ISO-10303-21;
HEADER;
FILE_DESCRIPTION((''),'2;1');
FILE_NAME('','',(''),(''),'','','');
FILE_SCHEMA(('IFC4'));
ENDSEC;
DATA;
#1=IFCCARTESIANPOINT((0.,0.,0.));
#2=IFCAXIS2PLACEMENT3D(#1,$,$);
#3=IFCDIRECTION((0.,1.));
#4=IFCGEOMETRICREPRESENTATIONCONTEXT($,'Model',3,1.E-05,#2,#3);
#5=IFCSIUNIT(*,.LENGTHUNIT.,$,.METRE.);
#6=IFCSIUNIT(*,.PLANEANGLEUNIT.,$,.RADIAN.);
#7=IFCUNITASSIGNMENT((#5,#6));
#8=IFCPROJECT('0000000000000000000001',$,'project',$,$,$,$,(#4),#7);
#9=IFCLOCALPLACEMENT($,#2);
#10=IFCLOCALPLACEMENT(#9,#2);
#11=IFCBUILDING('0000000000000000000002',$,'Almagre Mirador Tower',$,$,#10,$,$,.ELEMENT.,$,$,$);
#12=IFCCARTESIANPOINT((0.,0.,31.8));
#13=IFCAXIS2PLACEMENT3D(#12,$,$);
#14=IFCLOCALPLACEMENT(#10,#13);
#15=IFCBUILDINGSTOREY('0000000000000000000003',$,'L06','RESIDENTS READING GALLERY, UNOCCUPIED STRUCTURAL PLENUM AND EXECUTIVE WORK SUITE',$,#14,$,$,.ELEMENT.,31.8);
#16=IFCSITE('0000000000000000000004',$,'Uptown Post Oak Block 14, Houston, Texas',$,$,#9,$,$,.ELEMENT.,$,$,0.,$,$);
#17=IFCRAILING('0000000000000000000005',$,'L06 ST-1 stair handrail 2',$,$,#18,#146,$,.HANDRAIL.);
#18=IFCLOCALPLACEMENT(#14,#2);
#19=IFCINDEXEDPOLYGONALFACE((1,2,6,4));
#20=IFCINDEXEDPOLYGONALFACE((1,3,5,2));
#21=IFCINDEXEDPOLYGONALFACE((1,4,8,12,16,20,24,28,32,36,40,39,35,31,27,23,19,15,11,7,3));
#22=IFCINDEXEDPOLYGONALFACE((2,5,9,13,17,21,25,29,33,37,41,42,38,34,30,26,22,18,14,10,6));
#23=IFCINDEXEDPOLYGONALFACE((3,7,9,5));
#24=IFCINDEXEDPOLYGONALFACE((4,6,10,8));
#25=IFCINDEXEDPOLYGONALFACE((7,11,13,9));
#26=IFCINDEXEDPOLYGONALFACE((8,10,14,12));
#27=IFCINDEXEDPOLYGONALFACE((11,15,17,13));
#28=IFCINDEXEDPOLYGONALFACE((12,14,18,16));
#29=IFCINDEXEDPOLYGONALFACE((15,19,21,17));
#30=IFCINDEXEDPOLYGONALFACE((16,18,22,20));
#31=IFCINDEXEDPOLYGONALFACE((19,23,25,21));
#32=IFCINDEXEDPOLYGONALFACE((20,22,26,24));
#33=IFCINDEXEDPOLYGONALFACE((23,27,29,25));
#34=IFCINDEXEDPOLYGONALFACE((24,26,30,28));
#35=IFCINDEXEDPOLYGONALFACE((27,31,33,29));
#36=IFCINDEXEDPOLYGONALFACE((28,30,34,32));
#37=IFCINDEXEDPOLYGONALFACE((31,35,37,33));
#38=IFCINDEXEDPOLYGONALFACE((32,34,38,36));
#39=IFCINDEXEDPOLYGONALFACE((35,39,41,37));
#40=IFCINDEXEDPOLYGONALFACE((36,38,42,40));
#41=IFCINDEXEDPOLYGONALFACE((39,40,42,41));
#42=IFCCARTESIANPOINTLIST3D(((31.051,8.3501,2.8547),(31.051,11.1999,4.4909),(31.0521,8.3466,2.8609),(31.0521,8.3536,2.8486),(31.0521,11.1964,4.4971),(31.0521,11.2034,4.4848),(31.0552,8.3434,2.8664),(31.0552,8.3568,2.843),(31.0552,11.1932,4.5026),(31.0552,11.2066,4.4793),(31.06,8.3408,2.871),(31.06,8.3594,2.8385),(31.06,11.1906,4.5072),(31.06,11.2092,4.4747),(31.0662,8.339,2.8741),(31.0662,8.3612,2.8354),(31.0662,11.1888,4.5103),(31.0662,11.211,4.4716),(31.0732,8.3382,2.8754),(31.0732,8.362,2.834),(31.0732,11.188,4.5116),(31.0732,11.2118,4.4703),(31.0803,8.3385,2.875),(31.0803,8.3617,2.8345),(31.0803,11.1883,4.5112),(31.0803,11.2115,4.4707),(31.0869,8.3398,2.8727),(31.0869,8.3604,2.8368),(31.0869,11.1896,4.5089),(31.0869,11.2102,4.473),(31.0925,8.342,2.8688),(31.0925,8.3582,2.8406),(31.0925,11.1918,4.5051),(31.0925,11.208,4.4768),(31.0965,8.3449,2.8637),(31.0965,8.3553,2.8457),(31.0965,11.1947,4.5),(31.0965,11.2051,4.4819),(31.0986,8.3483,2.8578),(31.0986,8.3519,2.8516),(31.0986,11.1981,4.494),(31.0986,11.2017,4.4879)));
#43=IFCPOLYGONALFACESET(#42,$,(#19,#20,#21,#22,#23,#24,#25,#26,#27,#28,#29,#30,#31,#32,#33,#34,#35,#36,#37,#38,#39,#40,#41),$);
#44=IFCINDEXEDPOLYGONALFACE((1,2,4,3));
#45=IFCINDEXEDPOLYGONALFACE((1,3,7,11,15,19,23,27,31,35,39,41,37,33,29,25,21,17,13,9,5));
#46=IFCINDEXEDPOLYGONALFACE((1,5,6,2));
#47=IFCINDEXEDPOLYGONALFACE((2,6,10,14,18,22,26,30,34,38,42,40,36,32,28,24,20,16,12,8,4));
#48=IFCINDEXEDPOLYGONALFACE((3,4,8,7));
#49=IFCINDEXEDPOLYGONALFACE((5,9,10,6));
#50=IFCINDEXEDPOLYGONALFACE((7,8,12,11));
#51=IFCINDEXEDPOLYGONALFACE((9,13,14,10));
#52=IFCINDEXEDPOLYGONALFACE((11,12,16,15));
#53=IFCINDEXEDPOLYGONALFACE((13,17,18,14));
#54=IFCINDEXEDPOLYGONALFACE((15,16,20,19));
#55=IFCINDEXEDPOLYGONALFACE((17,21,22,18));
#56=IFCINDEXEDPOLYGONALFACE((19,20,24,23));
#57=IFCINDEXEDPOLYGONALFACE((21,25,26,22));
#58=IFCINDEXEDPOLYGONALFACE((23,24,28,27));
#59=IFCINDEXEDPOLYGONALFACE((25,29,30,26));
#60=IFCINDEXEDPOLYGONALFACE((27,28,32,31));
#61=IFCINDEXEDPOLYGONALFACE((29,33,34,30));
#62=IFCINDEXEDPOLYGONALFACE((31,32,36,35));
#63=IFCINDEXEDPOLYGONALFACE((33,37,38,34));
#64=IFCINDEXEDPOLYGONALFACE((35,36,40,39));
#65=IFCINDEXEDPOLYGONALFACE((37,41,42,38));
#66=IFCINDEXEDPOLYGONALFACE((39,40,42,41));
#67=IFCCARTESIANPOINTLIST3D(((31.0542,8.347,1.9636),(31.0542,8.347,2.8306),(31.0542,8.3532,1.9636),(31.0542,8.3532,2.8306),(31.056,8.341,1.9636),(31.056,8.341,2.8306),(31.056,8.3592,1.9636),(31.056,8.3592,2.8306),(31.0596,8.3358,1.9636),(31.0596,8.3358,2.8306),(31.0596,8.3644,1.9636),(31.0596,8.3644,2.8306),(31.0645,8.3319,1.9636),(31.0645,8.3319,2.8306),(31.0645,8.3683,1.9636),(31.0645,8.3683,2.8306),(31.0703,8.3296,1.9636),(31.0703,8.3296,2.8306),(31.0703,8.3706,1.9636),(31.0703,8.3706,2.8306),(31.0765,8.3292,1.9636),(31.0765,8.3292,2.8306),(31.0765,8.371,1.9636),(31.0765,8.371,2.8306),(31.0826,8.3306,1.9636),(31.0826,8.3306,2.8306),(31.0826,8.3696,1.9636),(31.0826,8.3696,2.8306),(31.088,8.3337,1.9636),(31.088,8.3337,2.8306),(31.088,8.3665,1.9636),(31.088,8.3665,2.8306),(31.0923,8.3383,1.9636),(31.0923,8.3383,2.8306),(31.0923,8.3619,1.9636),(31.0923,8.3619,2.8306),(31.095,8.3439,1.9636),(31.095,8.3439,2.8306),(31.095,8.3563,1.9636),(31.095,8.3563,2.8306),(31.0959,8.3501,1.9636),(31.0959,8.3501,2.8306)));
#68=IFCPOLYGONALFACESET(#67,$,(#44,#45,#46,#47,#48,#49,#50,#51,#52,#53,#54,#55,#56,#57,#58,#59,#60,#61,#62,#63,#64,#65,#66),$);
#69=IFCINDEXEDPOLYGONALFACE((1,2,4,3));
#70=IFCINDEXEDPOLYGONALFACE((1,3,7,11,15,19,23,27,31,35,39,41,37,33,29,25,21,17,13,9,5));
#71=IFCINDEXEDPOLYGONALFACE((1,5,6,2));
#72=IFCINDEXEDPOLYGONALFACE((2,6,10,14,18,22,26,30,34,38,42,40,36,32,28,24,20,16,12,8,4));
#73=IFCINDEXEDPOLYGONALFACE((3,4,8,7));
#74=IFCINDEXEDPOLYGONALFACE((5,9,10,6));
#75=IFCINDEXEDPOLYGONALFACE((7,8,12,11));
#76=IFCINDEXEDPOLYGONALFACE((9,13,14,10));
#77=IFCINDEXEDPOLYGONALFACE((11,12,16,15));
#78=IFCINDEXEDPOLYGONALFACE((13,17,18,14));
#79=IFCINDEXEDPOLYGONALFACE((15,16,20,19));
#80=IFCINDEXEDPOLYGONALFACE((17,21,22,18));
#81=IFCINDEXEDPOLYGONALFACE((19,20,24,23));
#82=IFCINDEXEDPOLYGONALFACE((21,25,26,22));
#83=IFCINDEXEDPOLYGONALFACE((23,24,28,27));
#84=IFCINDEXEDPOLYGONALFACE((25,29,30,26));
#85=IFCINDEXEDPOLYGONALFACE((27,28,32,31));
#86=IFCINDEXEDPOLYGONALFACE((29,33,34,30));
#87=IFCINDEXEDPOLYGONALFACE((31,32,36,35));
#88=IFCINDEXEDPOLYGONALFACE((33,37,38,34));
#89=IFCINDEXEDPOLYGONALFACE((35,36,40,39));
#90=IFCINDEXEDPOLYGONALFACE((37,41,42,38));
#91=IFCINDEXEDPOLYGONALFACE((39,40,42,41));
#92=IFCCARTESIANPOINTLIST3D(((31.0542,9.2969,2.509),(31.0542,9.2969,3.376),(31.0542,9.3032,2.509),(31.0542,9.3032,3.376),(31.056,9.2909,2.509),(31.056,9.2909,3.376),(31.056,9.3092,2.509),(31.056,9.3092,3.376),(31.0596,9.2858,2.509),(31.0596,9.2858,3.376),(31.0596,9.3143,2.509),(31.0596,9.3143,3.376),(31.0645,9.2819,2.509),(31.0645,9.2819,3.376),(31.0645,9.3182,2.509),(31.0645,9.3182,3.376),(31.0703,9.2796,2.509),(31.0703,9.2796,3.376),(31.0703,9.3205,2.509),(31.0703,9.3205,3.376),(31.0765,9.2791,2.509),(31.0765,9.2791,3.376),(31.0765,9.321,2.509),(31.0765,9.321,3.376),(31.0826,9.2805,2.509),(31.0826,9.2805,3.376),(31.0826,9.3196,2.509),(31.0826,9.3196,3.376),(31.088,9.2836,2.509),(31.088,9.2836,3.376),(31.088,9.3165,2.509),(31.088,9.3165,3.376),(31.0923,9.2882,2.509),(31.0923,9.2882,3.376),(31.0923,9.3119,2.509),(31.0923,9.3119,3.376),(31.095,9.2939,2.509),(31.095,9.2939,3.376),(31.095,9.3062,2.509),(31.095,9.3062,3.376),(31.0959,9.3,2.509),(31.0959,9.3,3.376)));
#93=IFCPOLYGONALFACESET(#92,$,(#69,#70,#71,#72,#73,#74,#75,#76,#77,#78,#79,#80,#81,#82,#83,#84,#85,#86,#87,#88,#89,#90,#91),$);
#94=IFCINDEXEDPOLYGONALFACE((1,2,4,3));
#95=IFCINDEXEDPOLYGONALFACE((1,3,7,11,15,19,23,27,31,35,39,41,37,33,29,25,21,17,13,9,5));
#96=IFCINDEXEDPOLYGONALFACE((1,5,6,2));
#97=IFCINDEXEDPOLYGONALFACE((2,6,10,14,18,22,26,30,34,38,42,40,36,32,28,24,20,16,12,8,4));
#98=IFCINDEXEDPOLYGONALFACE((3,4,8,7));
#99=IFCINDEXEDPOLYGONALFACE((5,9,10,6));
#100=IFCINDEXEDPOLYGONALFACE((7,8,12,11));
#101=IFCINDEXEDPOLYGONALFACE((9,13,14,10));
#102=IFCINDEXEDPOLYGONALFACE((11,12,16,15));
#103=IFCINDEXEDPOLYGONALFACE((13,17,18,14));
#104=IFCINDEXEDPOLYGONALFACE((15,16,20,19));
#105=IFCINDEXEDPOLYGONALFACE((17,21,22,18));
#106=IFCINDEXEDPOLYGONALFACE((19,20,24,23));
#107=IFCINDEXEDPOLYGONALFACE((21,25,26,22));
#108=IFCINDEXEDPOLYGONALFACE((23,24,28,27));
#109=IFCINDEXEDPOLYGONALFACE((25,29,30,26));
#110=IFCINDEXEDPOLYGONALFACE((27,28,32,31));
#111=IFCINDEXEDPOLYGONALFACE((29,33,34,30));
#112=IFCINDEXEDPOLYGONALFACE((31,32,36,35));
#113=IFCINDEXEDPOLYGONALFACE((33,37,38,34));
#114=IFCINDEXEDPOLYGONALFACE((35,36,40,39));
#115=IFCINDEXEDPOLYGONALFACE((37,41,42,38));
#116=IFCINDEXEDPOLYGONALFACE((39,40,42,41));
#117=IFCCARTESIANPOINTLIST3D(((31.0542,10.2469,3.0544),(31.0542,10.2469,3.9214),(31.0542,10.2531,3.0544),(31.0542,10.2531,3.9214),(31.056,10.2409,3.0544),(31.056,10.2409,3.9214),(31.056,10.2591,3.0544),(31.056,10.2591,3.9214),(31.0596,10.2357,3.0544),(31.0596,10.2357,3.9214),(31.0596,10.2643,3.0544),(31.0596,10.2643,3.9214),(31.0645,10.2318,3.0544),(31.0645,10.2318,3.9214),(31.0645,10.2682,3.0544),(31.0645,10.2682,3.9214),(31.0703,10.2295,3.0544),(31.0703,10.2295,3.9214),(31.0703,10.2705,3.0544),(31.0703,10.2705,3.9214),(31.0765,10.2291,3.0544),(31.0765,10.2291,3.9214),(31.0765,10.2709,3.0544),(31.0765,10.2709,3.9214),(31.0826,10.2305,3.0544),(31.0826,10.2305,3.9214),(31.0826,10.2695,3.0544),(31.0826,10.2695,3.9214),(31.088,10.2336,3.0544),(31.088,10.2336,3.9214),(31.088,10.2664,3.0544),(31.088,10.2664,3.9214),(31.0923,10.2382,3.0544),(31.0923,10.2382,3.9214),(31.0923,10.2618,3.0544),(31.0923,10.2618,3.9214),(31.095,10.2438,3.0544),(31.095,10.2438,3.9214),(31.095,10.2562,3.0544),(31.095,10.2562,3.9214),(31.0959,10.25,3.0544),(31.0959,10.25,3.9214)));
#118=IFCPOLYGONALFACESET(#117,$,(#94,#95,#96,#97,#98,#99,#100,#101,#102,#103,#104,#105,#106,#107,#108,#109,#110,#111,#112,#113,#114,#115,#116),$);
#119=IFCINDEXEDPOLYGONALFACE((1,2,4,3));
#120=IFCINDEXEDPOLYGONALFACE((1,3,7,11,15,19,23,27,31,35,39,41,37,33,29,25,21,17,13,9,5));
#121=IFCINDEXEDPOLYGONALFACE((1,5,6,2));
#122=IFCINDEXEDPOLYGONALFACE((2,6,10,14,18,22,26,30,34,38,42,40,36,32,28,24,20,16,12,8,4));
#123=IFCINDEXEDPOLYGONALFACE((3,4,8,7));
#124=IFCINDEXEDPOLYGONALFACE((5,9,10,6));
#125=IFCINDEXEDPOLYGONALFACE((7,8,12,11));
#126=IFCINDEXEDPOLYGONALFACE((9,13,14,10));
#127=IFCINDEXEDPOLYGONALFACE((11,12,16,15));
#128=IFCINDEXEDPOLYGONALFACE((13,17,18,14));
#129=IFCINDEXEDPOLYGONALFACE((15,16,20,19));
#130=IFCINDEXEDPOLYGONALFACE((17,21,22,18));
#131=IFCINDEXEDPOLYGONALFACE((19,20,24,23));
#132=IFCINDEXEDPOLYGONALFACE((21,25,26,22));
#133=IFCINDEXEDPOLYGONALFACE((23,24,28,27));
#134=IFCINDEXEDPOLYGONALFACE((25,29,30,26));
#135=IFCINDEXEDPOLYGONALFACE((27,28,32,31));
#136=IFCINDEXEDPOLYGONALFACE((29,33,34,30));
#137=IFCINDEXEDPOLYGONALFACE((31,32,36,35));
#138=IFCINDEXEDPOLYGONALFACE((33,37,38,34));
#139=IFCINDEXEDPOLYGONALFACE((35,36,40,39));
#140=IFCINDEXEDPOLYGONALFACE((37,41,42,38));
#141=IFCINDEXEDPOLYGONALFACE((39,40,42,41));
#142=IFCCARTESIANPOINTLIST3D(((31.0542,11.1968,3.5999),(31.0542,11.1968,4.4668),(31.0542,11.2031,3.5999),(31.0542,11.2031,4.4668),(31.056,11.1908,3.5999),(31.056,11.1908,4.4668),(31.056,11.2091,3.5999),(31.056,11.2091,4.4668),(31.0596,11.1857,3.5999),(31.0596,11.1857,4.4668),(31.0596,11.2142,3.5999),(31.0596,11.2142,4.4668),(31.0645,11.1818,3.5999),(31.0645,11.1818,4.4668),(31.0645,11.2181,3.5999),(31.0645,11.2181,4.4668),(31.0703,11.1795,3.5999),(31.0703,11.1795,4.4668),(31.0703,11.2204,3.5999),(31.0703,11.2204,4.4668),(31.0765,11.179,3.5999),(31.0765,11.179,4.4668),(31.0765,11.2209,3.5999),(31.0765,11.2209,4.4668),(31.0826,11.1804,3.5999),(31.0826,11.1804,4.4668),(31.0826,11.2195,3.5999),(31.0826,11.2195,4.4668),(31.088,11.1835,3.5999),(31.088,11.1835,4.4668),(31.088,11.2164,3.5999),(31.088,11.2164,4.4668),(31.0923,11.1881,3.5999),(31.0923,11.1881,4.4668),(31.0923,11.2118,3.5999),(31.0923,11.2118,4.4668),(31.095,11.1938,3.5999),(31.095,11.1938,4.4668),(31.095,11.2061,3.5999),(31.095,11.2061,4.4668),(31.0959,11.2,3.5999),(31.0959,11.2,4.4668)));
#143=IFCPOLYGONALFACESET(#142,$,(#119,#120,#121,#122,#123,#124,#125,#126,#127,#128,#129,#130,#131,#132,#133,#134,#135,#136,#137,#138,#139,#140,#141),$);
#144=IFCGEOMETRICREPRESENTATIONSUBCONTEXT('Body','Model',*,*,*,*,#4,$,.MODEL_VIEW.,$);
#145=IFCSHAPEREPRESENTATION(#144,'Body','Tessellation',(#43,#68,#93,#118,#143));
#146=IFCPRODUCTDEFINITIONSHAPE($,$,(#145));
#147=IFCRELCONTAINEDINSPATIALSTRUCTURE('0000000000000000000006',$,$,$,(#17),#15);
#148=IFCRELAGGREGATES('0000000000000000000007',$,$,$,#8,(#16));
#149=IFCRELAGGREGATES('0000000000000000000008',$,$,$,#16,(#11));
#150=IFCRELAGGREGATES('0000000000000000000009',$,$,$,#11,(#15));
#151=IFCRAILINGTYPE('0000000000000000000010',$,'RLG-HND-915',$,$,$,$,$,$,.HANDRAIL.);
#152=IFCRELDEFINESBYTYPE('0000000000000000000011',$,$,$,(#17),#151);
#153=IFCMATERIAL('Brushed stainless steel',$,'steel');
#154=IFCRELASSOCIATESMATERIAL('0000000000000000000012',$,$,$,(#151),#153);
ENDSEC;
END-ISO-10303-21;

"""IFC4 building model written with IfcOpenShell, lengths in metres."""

from ifc_helpers import new_model, si_unit, direction, frame, origin, origin_2d, place, context, subcontext, project, spatial, circle, extrude, material, type_object, element, save


model = new_model("IFC4")

# Units and contexts
model_context = context("Model", 3, precision=1e-05, world=origin(), true_north=direction((0.0, 1.0)))
body_context = subcontext(model_context, "Body", "Model", "MODEL_VIEW")
ifc_project = project(units=[si_unit("LENGTHUNIT", "METRE"), si_unit("PLANEANGLEUNIT", "RADIAN")], contexts=[model_context])

# Site, building, storey
site_placement = place(None, origin())
site = spatial("IfcSite", under=ifc_project, at=site_placement, Name="Uptown Post Oak Block 14, Houston, Texas", CompositionType="ELEMENT", RefElevation=0.0)
building_placement = place(site_placement, origin())
building = spatial("IfcBuilding", under=site, at=building_placement, Name="Almagre Mirador Tower", CompositionType="ELEMENT")
storey_placement = place(building_placement, frame((0.0, 0.0, 31.8)))
storey = spatial("IfcBuildingStorey", under=building, at=storey_placement, Name="L06", Description="RESIDENTS READING GALLERY, UNOCCUPIED STRUCTURAL PLENUM AND EXECUTIVE WORK SUITE", CompositionType="ELEMENT", Elevation=31.8)

# Railing
ifc_material_1 = material(Name="Brushed stainless steel", Category="steel")
railing_type_1 = type_object("IfcRailingType", Name="RLG-HND-915", PredefinedType="HANDRAIL", material=ifc_material_1)
railing_1_placement = place(storey_placement, frame((31.075, 8.3501, 1.9636)))
element("IfcRailing", 1, at=railing_1_placement, inside=storey, type_object=railing_type_1, Name="L06 ST-1 stair handrail 2", PredefinedType="HANDRAIL", context=body_context, shape_type="SweptSolid", body=[
    extrude(circle(Radius=0.0239, at=origin_2d()), frame((0.0, 0.0, 0.8911), z_axis=(0.0, 0.867226, 0.497914), x_axis=(-1.0, 0.0, 0.0)), (0.0, 0.0, 1.0), 3.2861),
    extrude(circle(Radius=0.021, at=origin_2d()), origin(), (0.0, 0.0, 1.0), 0.8669),
    extrude(circle(Radius=0.021, at=origin_2d()), frame((0.0, 0.95, 0.5454)), (0.0, 0.0, 1.0), 0.8669),
    extrude(circle(Radius=0.021, at=origin_2d()), frame((0.0, 1.8999, 1.0908)), (0.0, 0.0, 1.0), 0.8669),
    extrude(circle(Radius=0.021, at=origin_2d()), frame((0.0, 2.8499, 1.6362)), (0.0, 0.0, 1.0), 0.8669),
])

save(model, "model.ifc")
